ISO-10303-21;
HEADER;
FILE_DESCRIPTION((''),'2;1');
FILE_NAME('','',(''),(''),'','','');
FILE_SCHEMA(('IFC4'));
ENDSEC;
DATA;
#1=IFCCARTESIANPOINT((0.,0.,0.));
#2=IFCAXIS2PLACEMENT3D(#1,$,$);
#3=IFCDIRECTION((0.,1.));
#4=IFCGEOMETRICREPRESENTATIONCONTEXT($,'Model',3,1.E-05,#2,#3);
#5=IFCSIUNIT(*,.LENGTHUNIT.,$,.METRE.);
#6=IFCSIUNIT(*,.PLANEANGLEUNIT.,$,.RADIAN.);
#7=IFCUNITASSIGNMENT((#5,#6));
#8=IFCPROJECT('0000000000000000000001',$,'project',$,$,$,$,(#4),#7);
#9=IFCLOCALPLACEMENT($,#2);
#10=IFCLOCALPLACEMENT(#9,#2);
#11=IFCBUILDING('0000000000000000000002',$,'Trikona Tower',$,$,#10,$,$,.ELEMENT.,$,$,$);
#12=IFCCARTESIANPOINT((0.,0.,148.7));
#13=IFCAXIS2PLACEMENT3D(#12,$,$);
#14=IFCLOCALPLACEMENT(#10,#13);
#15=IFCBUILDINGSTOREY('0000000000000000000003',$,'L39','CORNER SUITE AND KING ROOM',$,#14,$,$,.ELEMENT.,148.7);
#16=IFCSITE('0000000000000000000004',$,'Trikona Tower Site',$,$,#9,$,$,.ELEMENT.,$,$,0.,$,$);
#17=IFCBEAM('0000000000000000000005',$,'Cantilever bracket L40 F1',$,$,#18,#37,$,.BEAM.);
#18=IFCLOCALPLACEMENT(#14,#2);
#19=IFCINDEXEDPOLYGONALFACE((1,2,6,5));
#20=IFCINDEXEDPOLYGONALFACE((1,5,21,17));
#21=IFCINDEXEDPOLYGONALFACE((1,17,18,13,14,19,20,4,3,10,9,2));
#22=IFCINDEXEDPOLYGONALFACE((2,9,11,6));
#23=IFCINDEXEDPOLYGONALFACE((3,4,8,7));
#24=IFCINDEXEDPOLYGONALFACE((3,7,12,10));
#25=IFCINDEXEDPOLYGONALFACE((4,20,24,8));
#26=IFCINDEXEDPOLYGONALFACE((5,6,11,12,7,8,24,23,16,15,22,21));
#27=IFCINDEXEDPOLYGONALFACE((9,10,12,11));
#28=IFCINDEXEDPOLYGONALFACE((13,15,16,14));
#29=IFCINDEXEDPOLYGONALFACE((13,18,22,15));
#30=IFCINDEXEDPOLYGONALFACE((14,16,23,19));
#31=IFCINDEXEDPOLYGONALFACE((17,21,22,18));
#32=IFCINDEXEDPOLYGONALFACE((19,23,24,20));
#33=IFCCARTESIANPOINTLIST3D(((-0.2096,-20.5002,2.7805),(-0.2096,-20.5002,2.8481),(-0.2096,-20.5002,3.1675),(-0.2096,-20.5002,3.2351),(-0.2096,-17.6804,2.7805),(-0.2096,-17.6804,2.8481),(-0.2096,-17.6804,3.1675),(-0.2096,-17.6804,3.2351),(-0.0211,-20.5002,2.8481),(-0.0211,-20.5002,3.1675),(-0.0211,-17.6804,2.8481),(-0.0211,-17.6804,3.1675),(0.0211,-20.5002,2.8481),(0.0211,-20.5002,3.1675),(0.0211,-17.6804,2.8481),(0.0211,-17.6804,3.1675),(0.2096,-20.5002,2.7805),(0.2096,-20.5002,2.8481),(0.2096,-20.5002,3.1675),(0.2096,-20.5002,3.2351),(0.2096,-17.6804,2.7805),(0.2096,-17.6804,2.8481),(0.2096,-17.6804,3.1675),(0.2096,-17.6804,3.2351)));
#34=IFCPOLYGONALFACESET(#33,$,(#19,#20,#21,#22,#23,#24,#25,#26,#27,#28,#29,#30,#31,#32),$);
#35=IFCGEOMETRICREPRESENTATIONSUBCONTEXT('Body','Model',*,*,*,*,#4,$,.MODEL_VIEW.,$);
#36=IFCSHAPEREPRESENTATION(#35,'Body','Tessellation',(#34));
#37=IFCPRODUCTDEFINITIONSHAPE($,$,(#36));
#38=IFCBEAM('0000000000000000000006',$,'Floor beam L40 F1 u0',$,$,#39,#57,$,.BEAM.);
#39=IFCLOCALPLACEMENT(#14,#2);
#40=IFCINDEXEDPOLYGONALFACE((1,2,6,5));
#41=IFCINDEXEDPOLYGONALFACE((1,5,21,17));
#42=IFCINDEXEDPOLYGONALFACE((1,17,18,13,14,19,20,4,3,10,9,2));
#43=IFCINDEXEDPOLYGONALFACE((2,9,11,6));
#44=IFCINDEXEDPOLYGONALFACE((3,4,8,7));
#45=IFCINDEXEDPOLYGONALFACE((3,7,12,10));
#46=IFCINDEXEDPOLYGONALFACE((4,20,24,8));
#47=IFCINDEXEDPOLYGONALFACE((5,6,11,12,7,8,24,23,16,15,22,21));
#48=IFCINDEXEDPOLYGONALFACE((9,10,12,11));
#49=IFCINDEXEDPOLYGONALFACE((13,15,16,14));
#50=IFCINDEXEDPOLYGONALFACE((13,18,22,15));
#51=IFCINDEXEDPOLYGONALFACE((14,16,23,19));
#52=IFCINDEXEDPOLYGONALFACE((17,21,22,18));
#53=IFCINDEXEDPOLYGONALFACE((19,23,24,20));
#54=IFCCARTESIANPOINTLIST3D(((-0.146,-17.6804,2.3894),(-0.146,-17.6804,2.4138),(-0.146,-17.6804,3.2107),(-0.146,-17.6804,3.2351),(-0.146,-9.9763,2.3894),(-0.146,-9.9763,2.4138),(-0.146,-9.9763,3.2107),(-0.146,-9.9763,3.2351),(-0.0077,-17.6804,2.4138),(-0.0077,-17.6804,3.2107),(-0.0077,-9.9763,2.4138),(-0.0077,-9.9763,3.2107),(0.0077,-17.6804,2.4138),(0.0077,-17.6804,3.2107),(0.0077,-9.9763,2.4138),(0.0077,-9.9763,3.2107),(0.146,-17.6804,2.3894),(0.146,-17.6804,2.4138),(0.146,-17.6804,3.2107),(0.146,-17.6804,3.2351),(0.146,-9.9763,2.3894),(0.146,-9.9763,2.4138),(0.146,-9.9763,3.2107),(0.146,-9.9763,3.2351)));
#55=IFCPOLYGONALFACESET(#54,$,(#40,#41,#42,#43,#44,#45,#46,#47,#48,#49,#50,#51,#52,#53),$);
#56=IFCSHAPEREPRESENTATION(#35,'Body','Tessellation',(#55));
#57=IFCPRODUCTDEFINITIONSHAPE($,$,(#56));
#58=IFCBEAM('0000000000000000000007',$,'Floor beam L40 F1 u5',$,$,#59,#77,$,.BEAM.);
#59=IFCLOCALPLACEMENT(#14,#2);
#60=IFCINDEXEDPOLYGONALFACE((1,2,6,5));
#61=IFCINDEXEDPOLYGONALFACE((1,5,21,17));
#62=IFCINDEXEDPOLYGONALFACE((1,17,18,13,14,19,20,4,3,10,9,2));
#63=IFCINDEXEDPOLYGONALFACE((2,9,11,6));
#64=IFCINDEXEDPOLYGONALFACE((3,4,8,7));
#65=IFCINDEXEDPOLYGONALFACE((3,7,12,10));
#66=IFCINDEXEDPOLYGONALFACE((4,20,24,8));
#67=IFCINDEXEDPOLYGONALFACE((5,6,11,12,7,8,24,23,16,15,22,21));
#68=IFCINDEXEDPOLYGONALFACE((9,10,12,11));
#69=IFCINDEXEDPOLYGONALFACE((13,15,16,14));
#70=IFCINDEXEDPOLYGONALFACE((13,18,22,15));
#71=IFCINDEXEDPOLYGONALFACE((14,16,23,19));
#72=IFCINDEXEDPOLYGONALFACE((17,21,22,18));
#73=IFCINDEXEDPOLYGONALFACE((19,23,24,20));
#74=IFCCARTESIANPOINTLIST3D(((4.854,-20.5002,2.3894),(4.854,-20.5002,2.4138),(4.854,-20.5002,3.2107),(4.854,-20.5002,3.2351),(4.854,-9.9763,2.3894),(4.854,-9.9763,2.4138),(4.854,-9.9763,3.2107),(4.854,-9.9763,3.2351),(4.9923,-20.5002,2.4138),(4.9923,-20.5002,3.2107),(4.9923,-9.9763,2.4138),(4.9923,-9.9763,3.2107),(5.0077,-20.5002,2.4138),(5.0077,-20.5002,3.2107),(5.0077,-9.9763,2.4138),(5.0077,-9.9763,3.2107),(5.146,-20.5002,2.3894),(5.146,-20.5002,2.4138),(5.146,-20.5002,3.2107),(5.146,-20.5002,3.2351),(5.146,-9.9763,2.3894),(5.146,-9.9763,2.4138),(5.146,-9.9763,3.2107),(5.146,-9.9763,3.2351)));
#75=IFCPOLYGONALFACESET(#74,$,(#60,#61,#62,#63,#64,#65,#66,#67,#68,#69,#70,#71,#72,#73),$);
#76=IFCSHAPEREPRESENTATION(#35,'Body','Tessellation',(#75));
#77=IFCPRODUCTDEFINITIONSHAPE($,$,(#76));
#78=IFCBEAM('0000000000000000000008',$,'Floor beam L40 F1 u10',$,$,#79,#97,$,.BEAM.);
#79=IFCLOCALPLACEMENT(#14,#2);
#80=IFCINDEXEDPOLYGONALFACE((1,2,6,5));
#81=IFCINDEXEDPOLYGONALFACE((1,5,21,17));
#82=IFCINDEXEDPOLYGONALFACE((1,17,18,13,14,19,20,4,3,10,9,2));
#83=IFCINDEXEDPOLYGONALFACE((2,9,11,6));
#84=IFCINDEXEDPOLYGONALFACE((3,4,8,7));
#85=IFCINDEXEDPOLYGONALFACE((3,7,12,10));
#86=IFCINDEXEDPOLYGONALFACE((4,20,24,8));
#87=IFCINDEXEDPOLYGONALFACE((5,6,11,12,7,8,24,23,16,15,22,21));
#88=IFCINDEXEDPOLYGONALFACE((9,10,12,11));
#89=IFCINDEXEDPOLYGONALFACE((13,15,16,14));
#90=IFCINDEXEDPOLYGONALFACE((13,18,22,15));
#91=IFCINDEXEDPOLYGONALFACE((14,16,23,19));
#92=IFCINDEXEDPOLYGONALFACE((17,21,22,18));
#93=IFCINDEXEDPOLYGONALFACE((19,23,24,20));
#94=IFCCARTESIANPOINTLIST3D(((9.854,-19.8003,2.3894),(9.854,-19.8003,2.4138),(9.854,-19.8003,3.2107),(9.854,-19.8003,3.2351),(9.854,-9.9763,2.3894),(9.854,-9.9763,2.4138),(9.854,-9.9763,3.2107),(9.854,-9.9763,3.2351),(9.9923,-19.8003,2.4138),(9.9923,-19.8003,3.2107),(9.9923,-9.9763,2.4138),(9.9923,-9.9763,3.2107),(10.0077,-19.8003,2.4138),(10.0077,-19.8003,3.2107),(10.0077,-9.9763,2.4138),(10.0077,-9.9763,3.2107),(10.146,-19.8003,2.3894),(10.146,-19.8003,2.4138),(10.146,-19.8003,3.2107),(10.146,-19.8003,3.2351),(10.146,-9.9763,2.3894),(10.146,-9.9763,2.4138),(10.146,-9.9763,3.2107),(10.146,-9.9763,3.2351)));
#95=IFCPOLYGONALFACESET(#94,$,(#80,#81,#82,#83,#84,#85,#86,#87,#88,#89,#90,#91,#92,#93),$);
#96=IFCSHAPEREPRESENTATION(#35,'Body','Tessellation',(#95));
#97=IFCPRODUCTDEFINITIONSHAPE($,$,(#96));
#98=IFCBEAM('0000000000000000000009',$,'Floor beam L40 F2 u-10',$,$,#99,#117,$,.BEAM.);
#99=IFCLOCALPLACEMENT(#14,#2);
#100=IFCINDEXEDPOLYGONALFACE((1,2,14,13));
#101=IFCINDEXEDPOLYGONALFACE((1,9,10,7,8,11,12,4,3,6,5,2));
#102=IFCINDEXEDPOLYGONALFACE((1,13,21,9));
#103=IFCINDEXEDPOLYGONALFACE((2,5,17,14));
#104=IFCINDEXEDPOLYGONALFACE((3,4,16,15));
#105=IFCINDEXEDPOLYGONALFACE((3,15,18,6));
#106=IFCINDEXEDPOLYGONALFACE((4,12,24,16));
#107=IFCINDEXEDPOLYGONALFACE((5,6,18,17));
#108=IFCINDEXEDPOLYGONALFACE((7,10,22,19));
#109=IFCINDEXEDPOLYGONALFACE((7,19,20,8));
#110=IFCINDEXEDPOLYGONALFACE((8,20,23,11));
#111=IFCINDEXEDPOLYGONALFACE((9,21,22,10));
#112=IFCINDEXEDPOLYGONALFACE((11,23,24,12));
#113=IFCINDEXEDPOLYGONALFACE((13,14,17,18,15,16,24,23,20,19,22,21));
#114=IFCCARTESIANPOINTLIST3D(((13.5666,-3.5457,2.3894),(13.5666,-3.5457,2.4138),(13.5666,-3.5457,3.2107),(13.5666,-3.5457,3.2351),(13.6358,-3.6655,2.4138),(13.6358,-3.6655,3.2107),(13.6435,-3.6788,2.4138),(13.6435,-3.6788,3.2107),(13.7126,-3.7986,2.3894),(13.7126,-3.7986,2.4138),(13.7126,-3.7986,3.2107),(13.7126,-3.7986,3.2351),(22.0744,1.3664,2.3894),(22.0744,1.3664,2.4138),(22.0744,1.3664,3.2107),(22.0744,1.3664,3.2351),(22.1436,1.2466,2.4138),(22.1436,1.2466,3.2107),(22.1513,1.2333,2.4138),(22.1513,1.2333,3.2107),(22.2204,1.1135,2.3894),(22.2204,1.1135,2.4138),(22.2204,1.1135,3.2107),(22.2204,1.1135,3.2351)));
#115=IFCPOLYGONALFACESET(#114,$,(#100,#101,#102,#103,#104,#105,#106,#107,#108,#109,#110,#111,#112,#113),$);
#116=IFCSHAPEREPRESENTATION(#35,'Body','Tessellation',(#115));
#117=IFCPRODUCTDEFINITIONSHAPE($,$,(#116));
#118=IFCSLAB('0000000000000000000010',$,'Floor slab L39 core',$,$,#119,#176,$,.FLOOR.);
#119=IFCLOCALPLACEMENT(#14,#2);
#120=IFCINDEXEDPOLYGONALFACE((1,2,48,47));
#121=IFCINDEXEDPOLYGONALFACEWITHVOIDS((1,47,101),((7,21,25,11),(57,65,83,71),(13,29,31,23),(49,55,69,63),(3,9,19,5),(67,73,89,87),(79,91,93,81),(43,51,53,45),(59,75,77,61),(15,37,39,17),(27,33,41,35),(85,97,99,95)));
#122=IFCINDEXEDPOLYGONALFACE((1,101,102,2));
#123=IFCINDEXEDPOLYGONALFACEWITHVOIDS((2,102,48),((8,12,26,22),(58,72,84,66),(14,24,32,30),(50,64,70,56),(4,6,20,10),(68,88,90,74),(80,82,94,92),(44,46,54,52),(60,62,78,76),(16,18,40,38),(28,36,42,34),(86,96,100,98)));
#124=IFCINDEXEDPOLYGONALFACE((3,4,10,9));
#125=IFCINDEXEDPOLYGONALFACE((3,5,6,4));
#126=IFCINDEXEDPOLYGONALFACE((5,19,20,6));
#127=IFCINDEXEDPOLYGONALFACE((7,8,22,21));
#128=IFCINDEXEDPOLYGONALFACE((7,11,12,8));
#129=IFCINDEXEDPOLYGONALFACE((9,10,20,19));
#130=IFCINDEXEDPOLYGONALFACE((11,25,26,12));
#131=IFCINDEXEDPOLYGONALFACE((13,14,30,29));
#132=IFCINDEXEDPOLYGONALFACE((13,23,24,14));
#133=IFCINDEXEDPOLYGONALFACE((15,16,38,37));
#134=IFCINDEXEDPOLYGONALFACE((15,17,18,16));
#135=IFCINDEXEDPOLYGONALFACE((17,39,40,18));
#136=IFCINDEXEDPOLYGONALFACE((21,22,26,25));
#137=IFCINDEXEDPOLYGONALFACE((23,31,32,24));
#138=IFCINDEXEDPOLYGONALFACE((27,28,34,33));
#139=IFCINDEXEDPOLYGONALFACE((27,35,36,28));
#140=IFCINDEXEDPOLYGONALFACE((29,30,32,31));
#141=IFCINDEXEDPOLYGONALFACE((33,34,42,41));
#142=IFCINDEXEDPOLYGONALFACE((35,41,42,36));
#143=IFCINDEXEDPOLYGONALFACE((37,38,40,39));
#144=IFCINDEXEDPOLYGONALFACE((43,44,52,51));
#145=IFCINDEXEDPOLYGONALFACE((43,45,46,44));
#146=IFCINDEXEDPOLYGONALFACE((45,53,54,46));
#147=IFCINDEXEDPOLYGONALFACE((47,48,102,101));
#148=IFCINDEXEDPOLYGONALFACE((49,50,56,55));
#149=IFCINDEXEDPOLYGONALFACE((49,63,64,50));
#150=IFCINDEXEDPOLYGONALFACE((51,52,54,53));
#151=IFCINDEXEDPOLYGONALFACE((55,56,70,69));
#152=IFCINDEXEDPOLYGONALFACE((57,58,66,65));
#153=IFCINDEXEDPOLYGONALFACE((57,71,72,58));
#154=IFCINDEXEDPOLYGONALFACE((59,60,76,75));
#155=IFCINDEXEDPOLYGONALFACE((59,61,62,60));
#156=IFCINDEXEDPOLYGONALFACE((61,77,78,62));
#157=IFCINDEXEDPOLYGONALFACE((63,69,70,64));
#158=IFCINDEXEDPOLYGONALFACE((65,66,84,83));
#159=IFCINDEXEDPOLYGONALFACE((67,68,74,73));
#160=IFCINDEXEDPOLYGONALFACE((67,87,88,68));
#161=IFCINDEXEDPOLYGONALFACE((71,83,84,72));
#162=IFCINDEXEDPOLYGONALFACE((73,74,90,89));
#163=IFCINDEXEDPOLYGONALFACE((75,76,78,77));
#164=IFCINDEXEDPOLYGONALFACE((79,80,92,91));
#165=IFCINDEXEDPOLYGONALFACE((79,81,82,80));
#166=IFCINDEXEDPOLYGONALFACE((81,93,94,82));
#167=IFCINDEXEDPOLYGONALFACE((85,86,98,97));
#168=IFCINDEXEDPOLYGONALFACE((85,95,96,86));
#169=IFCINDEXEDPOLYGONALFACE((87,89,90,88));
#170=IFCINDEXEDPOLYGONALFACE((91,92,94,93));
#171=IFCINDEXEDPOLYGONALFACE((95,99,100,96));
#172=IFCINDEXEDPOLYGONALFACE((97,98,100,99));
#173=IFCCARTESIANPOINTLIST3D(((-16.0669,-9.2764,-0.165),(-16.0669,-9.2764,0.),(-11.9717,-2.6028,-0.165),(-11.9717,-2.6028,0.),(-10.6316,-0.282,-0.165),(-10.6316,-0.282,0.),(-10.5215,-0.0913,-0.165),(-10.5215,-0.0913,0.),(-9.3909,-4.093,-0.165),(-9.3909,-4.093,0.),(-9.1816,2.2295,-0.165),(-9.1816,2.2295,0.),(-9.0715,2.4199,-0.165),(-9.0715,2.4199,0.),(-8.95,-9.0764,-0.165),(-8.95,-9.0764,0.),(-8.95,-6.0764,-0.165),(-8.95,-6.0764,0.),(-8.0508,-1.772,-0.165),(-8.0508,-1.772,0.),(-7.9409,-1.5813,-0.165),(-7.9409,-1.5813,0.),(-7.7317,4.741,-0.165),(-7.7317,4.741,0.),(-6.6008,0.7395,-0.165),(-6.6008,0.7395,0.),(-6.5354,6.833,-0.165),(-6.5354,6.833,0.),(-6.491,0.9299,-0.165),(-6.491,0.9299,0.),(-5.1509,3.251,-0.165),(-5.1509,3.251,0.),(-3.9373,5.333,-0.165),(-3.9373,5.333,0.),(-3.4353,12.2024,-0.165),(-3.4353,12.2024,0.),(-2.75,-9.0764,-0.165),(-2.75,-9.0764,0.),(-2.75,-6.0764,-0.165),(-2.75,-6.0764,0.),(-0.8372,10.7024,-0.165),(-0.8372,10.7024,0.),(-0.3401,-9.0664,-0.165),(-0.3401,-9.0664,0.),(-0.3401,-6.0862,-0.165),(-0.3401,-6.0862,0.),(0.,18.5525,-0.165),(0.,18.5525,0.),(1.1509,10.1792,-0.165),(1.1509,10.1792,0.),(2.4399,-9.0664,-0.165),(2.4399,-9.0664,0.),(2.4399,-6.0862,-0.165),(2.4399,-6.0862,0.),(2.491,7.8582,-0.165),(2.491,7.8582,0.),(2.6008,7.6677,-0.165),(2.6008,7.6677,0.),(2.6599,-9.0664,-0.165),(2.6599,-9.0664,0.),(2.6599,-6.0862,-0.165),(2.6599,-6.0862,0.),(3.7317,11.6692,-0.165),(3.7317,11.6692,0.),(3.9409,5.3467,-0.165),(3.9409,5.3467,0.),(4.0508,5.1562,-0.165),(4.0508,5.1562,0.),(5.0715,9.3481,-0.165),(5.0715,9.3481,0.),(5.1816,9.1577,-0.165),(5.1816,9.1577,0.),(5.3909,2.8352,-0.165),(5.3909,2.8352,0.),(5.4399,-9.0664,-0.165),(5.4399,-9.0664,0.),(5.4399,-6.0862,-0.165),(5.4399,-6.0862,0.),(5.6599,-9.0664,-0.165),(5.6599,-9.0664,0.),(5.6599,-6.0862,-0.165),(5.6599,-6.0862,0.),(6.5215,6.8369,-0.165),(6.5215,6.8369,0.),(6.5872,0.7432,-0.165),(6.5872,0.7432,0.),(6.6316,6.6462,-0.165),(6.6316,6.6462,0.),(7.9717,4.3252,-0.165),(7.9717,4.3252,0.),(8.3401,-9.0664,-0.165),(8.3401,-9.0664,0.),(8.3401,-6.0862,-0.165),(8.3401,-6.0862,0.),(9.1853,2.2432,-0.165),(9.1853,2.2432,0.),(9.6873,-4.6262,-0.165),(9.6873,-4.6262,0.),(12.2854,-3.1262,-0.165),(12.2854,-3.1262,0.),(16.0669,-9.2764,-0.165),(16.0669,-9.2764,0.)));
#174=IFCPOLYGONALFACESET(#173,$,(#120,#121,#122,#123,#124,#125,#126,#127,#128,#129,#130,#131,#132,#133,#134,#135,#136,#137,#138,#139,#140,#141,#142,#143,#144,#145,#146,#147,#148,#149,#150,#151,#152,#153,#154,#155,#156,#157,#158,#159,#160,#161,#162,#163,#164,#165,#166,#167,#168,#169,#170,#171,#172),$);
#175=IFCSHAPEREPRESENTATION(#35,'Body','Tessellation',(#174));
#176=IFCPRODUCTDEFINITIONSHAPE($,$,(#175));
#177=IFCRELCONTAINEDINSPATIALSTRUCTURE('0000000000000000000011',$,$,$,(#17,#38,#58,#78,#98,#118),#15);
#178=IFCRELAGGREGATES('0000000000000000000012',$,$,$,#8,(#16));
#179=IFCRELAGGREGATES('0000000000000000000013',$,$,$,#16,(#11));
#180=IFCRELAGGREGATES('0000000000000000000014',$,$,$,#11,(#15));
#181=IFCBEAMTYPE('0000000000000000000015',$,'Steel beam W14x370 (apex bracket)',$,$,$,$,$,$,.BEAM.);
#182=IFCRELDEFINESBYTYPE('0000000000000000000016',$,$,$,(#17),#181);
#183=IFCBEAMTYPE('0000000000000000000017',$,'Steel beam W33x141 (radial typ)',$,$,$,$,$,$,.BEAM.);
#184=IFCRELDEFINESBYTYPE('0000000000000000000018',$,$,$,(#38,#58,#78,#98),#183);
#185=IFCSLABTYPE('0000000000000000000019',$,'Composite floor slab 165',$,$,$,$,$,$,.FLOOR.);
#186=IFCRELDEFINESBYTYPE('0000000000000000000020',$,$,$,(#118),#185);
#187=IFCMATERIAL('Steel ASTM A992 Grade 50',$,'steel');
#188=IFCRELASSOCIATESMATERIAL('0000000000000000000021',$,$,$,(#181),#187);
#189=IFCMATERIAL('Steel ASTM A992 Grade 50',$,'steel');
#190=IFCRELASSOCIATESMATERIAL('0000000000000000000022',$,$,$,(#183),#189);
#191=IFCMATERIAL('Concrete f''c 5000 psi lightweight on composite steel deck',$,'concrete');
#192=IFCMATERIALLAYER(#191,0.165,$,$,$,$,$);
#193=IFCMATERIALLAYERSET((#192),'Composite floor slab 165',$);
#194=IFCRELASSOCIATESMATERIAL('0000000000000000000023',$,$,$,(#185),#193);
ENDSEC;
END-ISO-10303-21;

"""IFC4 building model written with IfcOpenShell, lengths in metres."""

from ifc_helpers import new_model, si_unit, direction, frame, origin, origin_2d, place, context, subcontext, project, spatial, polyline, i_section, outline, extrude, material, layer, layer_set, material_profile, profile_set, type_object, element, save


model = new_model("IFC4")

# Units and contexts
model_context = context("Model", 3, precision=1e-05, world=origin(), true_north=direction((0.0, 1.0)))
body_context = subcontext(model_context, "Body", "Model", "MODEL_VIEW")
ifc_project = project(units=[si_unit("LENGTHUNIT", "METRE"), si_unit("PLANEANGLEUNIT", "RADIAN")], contexts=[model_context])

# Site, building, storey
site_placement = place(None, origin())
site = spatial("IfcSite", under=ifc_project, at=site_placement, Name="Trikona Tower Site", CompositionType="ELEMENT", RefElevation=0.0)
building_placement = place(site_placement, origin())
building = spatial("IfcBuilding", under=site, at=building_placement, Name="Trikona Tower", CompositionType="ELEMENT")
storey_placement = place(building_placement, frame((0.0, 0.0, 148.7)))
storey = spatial("IfcBuildingStorey", under=building, at=storey_placement, Name="L39", Description="CORNER SUITE AND KING ROOM", CompositionType="ELEMENT", Elevation=148.7)

# Beams
ifc_material_1 = material(Name="Steel ASTM A992 Grade 50", Category="steel")
ifc_material_profile_1 = material_profile(ifc_material_1, i_section(OverallWidth=0.4192, OverallDepth=0.4546, WebThickness=0.0422, FlangeThickness=0.0676, at=origin_2d()), Name="W14X370")
ifc_profile_set_1 = profile_set([ifc_material_profile_1], Name="Steel ASTM A992 Grade 50")
beam_type_1 = type_object("IfcBeamType", Name="Steel beam W14x370 (apex bracket)", PredefinedType="BEAM", material=ifc_profile_set_1)
beam_1_placement = place(storey_placement, frame((0.0, -17.6804, 3.0078), z_axis=(0.0, -1.0, 0.0), x_axis=(1.0, 0.0, 0.0)))
element("IfcBeam", 1, at=beam_1_placement, inside=storey, type_object=beam_type_1, Name="Cantilever bracket L40 F1", PredefinedType="BEAM", context=body_context, shape_type="SweptSolid", body=[
    extrude(i_section(OverallWidth=0.4192, OverallDepth=0.4546, WebThickness=0.0422, FlangeThickness=0.0676, at=origin_2d()), origin(), (0.0, 0.0, 1.0), 2.8198),
])
ifc_material_2 = material(Name="Steel ASTM A992 Grade 50", Category="steel")
ifc_material_profile_2 = material_profile(ifc_material_2, i_section(OverallWidth=0.292, OverallDepth=0.8457, WebThickness=0.0154, FlangeThickness=0.0244, at=origin_2d()), Name="W33X141")
ifc_profile_set_2 = profile_set([ifc_material_profile_2], Name="Steel ASTM A992 Grade 50")
beam_type_2 = type_object("IfcBeamType", Name="Steel beam W33x141 (radial typ)", PredefinedType="BEAM", material=ifc_profile_set_2)
beam_2_placement = place(storey_placement, frame((0.0, -9.9763, 2.8123), z_axis=(0.0, -1.0, 0.0), x_axis=(1.0, 0.0, 0.0)))
element("IfcBeam", 2, at=beam_2_placement, inside=storey, type_object=beam_type_2, Name="Floor beam L40 F1 u0", PredefinedType="BEAM", context=body_context, shape_type="SweptSolid", body=[
    extrude(i_section(OverallWidth=0.292, OverallDepth=0.8457, WebThickness=0.0154, FlangeThickness=0.0244, at=origin_2d()), origin(), (0.0, 0.0, 1.0), 7.7041),
])
beam_3_placement = place(storey_placement, frame((5.0, -9.9763, 2.8123), z_axis=(0.0, -1.0, 0.0), x_axis=(1.0, 0.0, 0.0)))
element("IfcBeam", 3, at=beam_3_placement, inside=storey, type_object=beam_type_2, Name="Floor beam L40 F1 u5", PredefinedType="BEAM", context=body_context, shape_type="SweptSolid", body=[
    extrude(i_section(OverallWidth=0.292, OverallDepth=0.8457, WebThickness=0.0154, FlangeThickness=0.0244, at=origin_2d()), origin(), (0.0, 0.0, 1.0), 10.5239),
])
for number, where, z_axis, x_axis, name in (
    (4, (10.0, -9.9763, 2.8123), (0.0, -1.0, 0.0), (1.0, 0.0, 0.0), "Floor beam L40 F1 u10"),
    (5, (13.6396, -3.6721, 2.8123), (0.86602, 0.500009, 0.0), (-0.500009, 0.86602, 0.0), "Floor beam L40 F2 u-10"),
):
    element("IfcBeam", number, at=place(storey_placement, frame(where, z_axis=z_axis, x_axis=x_axis)), inside=storey, type_object=beam_type_2, Name=name, PredefinedType="BEAM", context=body_context, shape_type="SweptSolid", body=[
        extrude(i_section(OverallWidth=0.292, OverallDepth=0.8457, WebThickness=0.0154, FlangeThickness=0.0244, at=origin_2d()), origin(), (0.0, 0.0, 1.0), 9.824),
    ])

# Slab
ifc_material_3 = material(Name="Concrete f'c 5000 psi lightweight on composite steel deck", Category="concrete")
ifc_layer_1 = layer(ifc_material_3, 0.165)
ifc_layer_set_1 = layer_set([ifc_layer_1], Name="Composite floor slab 165")
slab_type = type_object("IfcSlabType", Name="Composite floor slab 165", PredefinedType="FLOOR", material=ifc_layer_set_1)
slab_placement = place(storey_placement, frame((0.0, 0.0, -0.165)))
element("IfcSlab", 6, at=slab_placement, inside=storey, type_object=slab_type, Name="Floor slab L39 core", PredefinedType="FLOOR", context=body_context, shape_type="SweptSolid", body=[
    extrude(outline(polyline([(-16.0669, -9.2764), (16.0669, -9.2764), (0.0, 18.5525), (-16.0669, -9.2764)]), holes=[polyline([(12.2854, -3.1262), (9.1853, 2.2432), (6.5872, 0.7432), (9.6873, -4.6262), (12.2854, -3.1262)]), polyline([(8.3401, -9.0664), (8.3401, -6.0862), (5.6599, -6.0862), (5.6599, -9.0664), (8.3401, -9.0664)]), polyline([(5.3909, 2.8352), (7.9717, 4.3252), (6.6316, 6.6462), (4.0508, 5.1562), (5.3909, 2.8352)]), polyline([(2.6008, 7.6677), (3.9409, 5.3467), (6.5215, 6.8369), (5.1816, 9.1577), (2.6008, 7.6677)]), polyline([(5.4399, -6.0862), (2.6599, -6.0862), (2.6599, -9.0664), (5.4399, -9.0664), (5.4399, -6.0862)]), polyline([(3.7317, 11.6692), (1.1509, 10.1792), (2.491, 7.8582), (5.0715, 9.3481), (3.7317, 11.6692)]), polyline([(-0.3401, -6.0862), (-0.3401, -9.0664), (2.4399, -9.0664), (2.4399, -6.0862), (-0.3401, -6.0862)]), polyline([(-3.4353, 12.2024), (-6.5354, 6.833), (-3.9373, 5.333), (-0.8372, 10.7024), (-3.4353, 12.2024)]), polyline([(-8.95, -9.0764), (-2.75, -9.0764), (-2.75, -6.0764), (-8.95, -6.0764), (-8.95, -9.0764)]), polyline([(-5.1509, 3.251), (-7.7317, 4.741), (-9.0715, 2.4199), (-6.491, 0.9299), (-5.1509, 3.251)]), polyline([(-7.9409, -1.5813), (-6.6008, 0.7395), (-9.1816, 2.2295), (-10.5215, -0.0913), (-7.9409, -1.5813)]), polyline([(-11.9717, -2.6028), (-9.3909, -4.093), (-8.0508, -1.772), (-10.6316, -0.282), (-11.9717, -2.6028)])]), origin(), (0.0, 0.0, 1.0), 0.165),
])

save(model, "model.ifc")
